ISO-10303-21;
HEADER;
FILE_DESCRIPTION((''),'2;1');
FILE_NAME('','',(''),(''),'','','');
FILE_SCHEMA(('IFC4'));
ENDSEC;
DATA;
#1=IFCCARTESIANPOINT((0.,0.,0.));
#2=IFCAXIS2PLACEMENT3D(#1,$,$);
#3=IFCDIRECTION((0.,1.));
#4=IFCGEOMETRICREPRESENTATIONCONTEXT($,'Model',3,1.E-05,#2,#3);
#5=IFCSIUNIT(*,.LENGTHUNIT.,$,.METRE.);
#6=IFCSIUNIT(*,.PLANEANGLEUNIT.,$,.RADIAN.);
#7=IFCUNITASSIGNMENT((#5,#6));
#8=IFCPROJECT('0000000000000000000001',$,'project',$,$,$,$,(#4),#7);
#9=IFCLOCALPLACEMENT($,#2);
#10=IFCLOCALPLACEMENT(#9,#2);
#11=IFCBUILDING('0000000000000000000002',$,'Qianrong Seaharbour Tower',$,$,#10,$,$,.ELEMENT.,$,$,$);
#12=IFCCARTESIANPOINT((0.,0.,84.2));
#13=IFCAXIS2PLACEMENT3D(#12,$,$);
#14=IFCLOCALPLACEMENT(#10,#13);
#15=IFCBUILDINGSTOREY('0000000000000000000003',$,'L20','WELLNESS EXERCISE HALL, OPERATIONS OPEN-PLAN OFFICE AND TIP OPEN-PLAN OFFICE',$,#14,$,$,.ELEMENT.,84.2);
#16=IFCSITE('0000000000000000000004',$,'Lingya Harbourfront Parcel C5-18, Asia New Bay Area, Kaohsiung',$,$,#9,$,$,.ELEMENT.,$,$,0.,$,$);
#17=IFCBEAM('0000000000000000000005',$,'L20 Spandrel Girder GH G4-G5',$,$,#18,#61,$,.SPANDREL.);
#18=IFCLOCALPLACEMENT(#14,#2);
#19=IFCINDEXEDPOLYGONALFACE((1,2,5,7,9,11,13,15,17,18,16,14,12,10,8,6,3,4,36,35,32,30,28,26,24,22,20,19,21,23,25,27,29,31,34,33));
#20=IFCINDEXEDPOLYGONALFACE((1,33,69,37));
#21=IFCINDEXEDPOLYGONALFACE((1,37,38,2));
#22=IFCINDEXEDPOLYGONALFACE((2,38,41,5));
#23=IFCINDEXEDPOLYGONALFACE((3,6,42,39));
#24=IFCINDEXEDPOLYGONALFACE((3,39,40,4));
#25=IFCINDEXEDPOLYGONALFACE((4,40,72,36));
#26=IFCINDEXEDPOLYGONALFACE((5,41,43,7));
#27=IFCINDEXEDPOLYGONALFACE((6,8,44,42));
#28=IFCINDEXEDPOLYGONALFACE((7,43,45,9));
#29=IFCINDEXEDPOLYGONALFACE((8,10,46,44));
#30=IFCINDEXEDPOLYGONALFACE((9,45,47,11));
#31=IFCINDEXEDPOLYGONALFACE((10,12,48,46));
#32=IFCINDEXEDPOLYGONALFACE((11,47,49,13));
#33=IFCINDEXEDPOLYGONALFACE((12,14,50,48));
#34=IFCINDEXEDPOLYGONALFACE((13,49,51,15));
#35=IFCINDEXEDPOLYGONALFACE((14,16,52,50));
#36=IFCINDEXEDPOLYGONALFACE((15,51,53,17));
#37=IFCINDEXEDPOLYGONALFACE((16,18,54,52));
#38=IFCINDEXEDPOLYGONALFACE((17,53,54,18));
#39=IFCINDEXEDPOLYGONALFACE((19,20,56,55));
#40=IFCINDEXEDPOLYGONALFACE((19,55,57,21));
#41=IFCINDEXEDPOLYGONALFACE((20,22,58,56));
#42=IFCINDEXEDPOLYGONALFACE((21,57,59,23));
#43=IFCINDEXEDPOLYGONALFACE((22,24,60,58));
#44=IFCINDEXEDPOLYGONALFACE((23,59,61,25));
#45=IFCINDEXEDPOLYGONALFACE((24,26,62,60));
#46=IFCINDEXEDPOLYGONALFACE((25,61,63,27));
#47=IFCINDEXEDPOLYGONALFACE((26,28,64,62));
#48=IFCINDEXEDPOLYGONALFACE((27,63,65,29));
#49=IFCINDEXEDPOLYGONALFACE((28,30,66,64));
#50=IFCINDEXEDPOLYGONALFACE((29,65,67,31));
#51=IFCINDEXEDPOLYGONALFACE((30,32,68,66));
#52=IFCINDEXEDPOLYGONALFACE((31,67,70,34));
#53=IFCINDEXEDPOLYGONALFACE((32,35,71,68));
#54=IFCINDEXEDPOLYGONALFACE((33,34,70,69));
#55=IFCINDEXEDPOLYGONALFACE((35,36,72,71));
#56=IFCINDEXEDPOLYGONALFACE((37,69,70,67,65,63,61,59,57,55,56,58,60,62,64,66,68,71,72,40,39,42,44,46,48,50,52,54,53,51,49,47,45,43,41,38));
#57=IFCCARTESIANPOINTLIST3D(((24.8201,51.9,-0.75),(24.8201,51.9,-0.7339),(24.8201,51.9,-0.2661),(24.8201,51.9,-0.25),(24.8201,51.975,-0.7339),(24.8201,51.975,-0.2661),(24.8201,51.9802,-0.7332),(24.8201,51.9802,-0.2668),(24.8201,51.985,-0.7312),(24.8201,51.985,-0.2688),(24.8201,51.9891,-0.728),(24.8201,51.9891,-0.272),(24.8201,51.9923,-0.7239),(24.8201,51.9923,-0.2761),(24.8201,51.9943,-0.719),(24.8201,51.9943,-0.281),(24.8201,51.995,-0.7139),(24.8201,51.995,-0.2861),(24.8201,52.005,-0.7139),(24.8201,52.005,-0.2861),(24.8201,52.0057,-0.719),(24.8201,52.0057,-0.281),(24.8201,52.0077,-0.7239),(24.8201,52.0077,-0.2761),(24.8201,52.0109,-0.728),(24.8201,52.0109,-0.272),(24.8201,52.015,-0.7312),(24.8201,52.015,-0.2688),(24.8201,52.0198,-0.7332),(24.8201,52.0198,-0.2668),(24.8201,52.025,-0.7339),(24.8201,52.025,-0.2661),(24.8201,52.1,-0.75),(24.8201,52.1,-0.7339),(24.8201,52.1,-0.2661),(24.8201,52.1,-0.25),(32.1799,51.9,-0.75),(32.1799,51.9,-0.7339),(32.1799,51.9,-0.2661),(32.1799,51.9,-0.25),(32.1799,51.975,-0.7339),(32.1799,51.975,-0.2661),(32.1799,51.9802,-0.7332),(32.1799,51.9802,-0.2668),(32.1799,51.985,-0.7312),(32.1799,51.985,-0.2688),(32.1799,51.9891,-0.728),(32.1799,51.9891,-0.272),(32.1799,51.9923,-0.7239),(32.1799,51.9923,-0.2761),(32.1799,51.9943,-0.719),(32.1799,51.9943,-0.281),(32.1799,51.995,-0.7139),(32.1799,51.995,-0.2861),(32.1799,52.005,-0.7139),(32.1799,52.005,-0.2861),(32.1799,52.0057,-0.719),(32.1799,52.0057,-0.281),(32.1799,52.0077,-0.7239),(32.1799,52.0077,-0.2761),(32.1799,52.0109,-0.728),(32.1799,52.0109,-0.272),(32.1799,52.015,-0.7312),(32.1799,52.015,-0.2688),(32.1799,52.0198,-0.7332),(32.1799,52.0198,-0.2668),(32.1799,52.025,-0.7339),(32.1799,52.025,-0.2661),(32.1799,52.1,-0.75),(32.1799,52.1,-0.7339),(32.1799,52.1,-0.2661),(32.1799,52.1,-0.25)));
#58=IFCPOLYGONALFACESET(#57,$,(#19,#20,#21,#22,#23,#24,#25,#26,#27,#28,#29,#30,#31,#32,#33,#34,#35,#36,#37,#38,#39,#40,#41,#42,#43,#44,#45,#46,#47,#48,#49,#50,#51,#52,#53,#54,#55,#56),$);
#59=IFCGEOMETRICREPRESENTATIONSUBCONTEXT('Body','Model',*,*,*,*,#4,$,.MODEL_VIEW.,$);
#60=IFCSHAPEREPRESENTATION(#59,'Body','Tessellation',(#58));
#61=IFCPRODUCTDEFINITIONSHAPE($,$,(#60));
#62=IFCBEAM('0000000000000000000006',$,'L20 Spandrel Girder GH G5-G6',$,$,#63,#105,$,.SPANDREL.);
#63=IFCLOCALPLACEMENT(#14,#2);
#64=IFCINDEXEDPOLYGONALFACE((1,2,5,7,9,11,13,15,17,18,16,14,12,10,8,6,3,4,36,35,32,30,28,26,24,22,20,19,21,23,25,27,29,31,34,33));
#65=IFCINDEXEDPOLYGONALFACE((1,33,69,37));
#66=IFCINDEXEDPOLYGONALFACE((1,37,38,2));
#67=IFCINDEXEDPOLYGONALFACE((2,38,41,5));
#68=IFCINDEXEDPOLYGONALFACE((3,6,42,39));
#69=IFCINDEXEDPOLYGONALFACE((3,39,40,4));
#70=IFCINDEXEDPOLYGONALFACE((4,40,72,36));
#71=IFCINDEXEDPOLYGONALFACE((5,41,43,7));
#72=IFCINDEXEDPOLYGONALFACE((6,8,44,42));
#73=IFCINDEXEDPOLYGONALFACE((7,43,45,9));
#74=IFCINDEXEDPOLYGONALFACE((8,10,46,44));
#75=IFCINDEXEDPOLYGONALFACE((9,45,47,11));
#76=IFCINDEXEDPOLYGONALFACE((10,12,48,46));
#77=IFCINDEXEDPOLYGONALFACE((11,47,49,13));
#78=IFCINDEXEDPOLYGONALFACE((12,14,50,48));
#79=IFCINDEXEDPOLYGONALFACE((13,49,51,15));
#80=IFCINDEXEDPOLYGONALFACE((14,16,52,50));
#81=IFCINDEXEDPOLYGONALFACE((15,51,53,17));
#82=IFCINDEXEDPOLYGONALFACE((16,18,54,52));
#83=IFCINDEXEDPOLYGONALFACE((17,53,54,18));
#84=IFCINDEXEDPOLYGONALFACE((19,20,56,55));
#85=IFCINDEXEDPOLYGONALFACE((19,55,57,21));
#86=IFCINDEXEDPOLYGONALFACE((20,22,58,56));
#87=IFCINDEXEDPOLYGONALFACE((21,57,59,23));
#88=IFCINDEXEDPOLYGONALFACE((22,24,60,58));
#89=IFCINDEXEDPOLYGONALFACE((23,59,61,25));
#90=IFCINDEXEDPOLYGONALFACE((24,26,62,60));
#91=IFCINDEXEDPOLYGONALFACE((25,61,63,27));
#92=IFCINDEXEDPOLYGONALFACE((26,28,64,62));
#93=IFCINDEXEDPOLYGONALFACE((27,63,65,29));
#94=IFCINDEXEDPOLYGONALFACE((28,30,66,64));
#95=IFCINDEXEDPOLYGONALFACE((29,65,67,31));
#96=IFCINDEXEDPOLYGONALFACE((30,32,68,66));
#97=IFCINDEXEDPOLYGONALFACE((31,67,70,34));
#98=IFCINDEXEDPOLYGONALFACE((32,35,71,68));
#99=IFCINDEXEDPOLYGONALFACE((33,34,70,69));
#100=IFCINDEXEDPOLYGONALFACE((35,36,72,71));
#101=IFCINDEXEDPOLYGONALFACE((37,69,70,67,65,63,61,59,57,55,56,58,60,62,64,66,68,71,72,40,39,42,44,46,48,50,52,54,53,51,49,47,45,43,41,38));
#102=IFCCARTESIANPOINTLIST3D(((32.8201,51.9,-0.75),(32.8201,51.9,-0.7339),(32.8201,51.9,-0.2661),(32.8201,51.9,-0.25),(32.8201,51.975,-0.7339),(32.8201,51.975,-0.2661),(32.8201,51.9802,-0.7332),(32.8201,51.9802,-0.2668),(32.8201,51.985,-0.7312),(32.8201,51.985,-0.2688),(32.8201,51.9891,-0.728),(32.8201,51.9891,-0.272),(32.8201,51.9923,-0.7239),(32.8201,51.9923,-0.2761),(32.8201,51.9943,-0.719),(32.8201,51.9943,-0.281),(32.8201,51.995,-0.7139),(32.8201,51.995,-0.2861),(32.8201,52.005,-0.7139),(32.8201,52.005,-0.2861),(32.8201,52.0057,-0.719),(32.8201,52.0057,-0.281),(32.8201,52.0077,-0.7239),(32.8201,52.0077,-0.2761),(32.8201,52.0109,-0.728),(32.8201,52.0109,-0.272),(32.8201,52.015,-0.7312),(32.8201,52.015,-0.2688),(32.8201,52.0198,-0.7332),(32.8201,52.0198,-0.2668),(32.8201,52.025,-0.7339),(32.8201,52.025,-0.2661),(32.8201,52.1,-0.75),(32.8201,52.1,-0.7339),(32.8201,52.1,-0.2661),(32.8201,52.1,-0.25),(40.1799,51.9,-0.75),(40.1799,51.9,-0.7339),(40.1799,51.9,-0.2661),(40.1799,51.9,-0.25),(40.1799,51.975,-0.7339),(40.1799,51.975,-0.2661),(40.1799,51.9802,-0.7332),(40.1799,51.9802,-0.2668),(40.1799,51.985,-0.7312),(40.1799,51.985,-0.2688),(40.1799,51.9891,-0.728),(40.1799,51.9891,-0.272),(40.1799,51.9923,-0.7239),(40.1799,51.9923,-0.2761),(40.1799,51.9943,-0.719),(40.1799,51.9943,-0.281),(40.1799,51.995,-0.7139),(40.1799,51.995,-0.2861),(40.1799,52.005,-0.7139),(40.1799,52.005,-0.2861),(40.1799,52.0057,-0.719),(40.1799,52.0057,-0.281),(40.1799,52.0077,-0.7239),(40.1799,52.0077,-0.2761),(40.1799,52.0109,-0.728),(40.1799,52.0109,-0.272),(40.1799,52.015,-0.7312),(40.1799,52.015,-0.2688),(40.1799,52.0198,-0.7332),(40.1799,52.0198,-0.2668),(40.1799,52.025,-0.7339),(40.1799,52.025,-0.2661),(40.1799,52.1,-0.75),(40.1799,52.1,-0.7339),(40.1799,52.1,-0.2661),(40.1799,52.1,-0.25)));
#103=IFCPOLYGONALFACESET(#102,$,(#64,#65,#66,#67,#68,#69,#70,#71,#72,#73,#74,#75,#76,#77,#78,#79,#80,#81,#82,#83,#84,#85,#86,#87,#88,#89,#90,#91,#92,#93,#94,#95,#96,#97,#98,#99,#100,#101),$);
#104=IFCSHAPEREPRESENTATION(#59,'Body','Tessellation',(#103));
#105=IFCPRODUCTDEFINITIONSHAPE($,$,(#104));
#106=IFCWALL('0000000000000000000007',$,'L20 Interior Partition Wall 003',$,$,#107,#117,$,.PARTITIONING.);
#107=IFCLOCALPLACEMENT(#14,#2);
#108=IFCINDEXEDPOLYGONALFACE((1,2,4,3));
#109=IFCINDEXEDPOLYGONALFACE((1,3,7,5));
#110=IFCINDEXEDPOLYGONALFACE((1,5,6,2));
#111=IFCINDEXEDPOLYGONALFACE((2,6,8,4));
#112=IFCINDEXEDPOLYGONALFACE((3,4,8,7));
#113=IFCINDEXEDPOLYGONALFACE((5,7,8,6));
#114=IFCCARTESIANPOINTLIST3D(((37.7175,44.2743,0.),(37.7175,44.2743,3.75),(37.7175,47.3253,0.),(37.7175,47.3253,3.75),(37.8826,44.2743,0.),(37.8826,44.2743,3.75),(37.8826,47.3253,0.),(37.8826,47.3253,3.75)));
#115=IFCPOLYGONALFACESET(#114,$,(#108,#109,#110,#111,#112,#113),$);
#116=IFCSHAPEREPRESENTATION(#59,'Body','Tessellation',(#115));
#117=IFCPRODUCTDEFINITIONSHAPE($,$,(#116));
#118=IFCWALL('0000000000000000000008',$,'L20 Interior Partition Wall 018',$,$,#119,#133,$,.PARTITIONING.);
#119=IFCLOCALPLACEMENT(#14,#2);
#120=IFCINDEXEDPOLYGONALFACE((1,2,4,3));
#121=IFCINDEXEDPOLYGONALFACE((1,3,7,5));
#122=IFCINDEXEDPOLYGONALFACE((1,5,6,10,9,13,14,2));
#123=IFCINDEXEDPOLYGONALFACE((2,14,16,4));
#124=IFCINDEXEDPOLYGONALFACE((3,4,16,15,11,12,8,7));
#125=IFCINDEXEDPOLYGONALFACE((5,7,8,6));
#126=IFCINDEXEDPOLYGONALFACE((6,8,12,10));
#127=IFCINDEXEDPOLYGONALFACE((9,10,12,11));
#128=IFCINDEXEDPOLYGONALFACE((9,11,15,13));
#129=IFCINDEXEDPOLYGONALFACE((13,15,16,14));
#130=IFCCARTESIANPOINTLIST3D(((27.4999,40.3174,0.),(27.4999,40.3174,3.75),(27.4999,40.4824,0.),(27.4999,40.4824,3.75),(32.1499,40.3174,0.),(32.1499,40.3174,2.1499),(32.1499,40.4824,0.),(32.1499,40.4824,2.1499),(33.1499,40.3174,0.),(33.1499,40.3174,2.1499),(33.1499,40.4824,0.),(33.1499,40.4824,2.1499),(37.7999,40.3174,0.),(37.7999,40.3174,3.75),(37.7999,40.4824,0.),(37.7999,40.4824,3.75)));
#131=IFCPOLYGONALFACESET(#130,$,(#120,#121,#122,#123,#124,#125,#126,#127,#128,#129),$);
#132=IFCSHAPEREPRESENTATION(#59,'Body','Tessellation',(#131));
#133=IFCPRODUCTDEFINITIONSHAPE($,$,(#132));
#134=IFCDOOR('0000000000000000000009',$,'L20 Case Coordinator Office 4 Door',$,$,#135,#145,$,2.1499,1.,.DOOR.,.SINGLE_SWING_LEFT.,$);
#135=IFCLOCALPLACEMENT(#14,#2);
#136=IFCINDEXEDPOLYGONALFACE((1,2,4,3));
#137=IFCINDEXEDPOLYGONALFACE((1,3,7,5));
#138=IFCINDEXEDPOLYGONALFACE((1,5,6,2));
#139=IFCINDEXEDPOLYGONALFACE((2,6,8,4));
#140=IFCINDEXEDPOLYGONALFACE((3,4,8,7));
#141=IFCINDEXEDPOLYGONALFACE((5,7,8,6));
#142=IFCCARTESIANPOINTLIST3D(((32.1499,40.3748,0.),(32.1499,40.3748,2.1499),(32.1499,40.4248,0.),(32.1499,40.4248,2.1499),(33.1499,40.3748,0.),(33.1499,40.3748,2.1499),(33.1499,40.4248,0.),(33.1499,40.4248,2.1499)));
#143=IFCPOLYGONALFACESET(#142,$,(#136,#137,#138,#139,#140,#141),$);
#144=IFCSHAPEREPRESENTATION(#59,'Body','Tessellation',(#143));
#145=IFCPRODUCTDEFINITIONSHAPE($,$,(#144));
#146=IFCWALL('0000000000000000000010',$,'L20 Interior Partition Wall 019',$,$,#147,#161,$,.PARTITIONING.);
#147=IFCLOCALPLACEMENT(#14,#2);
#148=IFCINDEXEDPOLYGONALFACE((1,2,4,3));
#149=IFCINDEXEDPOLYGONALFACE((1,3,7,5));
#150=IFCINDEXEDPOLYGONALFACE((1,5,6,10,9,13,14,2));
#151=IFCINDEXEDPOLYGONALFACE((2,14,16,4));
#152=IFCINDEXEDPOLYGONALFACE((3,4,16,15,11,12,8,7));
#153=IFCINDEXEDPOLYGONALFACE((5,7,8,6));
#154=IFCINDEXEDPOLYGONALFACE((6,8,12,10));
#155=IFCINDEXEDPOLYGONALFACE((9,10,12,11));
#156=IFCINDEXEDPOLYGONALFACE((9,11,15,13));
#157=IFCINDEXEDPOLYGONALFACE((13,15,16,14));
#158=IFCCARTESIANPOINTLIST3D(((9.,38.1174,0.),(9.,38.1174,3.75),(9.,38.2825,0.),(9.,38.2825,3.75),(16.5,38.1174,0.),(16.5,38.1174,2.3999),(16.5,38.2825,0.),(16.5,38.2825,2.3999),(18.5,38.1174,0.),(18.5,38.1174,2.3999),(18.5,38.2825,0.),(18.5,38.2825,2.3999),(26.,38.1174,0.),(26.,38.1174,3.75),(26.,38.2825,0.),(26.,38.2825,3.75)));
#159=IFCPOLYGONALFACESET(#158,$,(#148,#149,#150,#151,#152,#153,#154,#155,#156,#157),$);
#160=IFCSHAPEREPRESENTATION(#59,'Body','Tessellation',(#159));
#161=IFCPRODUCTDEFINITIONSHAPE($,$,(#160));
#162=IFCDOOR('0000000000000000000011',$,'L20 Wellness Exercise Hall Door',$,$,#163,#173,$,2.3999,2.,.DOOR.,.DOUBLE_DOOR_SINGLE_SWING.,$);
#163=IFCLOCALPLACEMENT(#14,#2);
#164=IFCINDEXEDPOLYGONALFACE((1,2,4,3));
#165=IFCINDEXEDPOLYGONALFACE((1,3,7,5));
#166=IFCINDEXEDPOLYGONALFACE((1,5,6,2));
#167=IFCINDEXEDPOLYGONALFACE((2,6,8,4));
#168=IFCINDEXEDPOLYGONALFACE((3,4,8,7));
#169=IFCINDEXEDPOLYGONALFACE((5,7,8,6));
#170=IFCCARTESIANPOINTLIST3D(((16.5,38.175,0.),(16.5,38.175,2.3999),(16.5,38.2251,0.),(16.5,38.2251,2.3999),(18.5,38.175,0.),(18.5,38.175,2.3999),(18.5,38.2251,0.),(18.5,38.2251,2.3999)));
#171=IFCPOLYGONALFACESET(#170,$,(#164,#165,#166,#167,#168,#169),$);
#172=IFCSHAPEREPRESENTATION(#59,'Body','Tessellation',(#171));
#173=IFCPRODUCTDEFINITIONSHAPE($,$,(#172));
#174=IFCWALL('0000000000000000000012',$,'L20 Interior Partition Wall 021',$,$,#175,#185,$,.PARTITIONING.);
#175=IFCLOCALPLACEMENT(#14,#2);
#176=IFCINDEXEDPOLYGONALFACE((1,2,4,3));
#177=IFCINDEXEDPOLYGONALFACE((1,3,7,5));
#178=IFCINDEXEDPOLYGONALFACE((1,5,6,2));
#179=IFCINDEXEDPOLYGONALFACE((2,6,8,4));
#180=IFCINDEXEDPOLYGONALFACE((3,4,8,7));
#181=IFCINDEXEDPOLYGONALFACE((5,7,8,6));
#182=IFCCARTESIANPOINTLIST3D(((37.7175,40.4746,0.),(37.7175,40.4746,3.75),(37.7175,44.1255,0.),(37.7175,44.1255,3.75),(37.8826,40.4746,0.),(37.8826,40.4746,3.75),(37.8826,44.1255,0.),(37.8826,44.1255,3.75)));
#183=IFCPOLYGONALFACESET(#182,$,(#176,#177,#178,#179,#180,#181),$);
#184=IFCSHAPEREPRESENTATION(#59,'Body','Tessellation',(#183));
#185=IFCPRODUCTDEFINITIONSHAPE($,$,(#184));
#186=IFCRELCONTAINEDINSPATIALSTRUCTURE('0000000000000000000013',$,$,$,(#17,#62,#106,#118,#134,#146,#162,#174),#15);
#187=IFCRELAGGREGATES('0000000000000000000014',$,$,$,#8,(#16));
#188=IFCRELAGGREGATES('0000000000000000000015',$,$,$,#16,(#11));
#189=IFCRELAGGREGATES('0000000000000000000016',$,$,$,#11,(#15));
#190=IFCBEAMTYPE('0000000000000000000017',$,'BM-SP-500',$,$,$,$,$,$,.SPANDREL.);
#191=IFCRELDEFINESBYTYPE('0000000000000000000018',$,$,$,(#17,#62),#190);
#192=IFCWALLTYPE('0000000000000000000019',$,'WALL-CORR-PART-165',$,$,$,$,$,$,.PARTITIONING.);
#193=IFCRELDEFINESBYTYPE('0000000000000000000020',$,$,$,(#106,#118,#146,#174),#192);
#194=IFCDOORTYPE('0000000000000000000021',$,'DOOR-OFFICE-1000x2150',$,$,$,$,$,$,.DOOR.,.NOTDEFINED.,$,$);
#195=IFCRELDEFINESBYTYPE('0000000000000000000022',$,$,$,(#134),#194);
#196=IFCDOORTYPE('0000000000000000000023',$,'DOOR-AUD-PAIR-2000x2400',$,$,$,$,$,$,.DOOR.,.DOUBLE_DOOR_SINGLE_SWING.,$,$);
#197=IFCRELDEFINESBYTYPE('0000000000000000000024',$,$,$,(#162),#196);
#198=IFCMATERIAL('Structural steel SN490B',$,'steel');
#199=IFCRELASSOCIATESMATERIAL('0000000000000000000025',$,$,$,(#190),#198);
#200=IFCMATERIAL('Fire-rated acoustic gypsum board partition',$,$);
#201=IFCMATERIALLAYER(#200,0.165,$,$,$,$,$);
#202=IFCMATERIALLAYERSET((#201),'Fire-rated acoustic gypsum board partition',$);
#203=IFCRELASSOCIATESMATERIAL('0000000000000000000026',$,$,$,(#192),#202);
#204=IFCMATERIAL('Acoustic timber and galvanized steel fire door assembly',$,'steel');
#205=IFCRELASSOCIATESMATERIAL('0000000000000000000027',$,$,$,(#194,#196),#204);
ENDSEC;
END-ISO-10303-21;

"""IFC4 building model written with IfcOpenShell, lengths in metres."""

from ifc_helpers import new_model, si_unit, direction, frame, frame_2d, origin, origin_2d, place, context, subcontext, project, spatial, rectangle, i_section, extrude, material, layer, layer_set, material_profile, profile_set, type_object, element, fill, save


model = new_model("IFC4")

# Units and contexts
model_context = context("Model", 3, precision=1e-05, world=origin(), true_north=direction((0.0, 1.0)))
body_context = subcontext(model_context, "Body", "Model", "MODEL_VIEW")
ifc_project = project(units=[si_unit("LENGTHUNIT", "METRE"), si_unit("PLANEANGLEUNIT", "RADIAN")], contexts=[model_context])

# Site, building, storey
site_placement = place(None, origin())
site = spatial("IfcSite", under=ifc_project, at=site_placement, Name="Lingya Harbourfront Parcel C5-18, Asia New Bay Area, Kaohsiung", CompositionType="ELEMENT", RefElevation=0.0)
building_placement = place(site_placement, origin())
building = spatial("IfcBuilding", under=site, at=building_placement, Name="Qianrong Seaharbour Tower", CompositionType="ELEMENT")
storey_placement = place(building_placement, frame((0.0, 0.0, 84.2)))
storey = spatial("IfcBuildingStorey", under=building, at=storey_placement, Name="L20", Description="WELLNESS EXERCISE HALL, OPERATIONS OPEN-PLAN OFFICE AND TIP OPEN-PLAN OFFICE", CompositionType="ELEMENT", Elevation=84.2)

# Shared definitions
ifc_material_1 = material(Name="Structural steel SN490B", Category="steel")

# Beams
ifc_material_profile_1 = material_profile(ifc_material_1, i_section(OverallWidth=0.2, OverallDepth=0.5, WebThickness=0.01, FlangeThickness=0.0161, FilletRadius=0.02, at=origin_2d()), Name="H500x200x10x16")
ifc_profile_set_1 = profile_set([ifc_material_profile_1], Name="Structural steel SN490B")
beam_type_1 = type_object("IfcBeamType", Name="BM-SP-500", PredefinedType="SPANDREL", material=ifc_profile_set_1)
for number, where, z_axis, x_axis, name in (
    (1, (24.8201, 52.0, -0.5), (1.0, 0.0, 0.0), (0.0, 1.0, 0.0), "L20 Spandrel Girder GH G4-G5"),
    (2, (32.8201, 52.0, -0.5), (1.0, 0.0, 0.0), (0.0, 1.0, 0.0), "L20 Spandrel Girder GH G5-G6"),
):
    element("IfcBeam", number, at=place(storey_placement, frame(where, z_axis=z_axis, x_axis=x_axis)), inside=storey, type_object=beam_type_1, Name=name, PredefinedType="SPANDREL", context=body_context, shape_type="SweptSolid", body=[
        extrude(i_section(OverallWidth=0.2, OverallDepth=0.5, WebThickness=0.01, FlangeThickness=0.0161, FilletRadius=0.02, at=origin_2d()), origin(), (0.0, 0.0, 1.0), 7.3599),
    ])

# Wall
ifc_material_2 = material(Name="Fire-rated acoustic gypsum board partition")
ifc_layer_1 = layer(ifc_material_2, 0.165)
ifc_layer_set_1 = layer_set([ifc_layer_1], Name="Fire-rated acoustic gypsum board partition")
wall_type_1 = type_object("IfcWallType", Name="WALL-CORR-PART-165", PredefinedType="PARTITIONING", material=ifc_layer_set_1)
wall_1_placement = place(storey_placement, frame((37.8, 44.2744, 0.0), z_axis=(0.0, 0.0, 1.0), x_axis=(0.0, 1.0, 0.0)))
element("IfcWall", 3, at=wall_1_placement, inside=storey, type_object=wall_type_1, Name="L20 Interior Partition Wall 003", PredefinedType="PARTITIONING", context=body_context, shape_type="SweptSolid", body=[
    extrude(rectangle(XDim=3.051, YDim=0.165, at=frame_2d((1.5254, 0.0))), origin(), (0.0, 0.0, 1.0), 3.75),
])

# Walls, openings, doors
wall_2_placement = place(storey_placement, frame((27.5, 40.3999, 0.0), z_axis=(0.0, 0.0, 1.0), x_axis=(1.0, 0.0, 0.0)))
wall_2 = element("IfcWall", 4, at=wall_2_placement, inside=storey, type_object=wall_type_1, Name="L20 Interior Partition Wall 018", PredefinedType="PARTITIONING", context=body_context, shape_type="SweptSolid", body=[
    extrude(rectangle(XDim=10.3, YDim=0.165, at=frame_2d((5.1499, 0.0))), origin(), (0.0, 0.0, 1.0), 3.75),
])
opening_1_placement = place(wall_2_placement, frame((4.6499, 0.0, 0.0)))
opening_1 = element("IfcOpeningElement", 5, at=opening_1_placement, cuts=wall_2, PredefinedType="OPENING", context=body_context, shape_type="SweptSolid", body=[
    extrude(rectangle(XDim=1.0, YDim=2.1499, at=frame_2d((0.5, 1.075))), frame((0.0, 0.0925, 0.0), z_axis=(0.0, -1.0, 0.0), x_axis=(1.0, 0.0, 0.0)), (0.0, 0.0, 1.0), 0.1851),
])
ifc_material_3 = material(Name="Acoustic timber and galvanized steel fire door assembly", Category="steel")
door_type_1 = type_object("IfcDoorType", Name="DOOR-OFFICE-1000x2150", OperationType="NOTDEFINED", PredefinedType="DOOR", material=ifc_material_3)
door_1_placement = place(opening_1_placement, origin())
door_1 = element("IfcDoor", 6, at=door_1_placement, inside=storey, type_object=door_type_1, Name="L20 Case Coordinator Office 4 Door", OperationType="SINGLE_SWING_LEFT", OverallHeight=2.1499, OverallWidth=1.0, PredefinedType="DOOR", context=body_context, shape_type="SweptSolid", body=[
    extrude(rectangle(XDim=1.0, YDim=2.1499, at=frame_2d((0.5, 1.075))), frame((0.0, 0.0249, 0.0), z_axis=(0.0, -1.0, 0.0), x_axis=(1.0, 0.0, 0.0)), (0.0, 0.0, 1.0), 0.05),
])
fill(opening_1, door_1)
wall_3_placement = place(storey_placement, frame((26.0, 38.2, 0.0), z_axis=(0.0, 0.0, 1.0), x_axis=(-1.0, 0.0, 0.0)))
wall_3 = element("IfcWall", 7, at=wall_3_placement, inside=storey, type_object=wall_type_1, Name="L20 Interior Partition Wall 019", PredefinedType="PARTITIONING", context=body_context, shape_type="SweptSolid", body=[
    extrude(rectangle(XDim=17.0, YDim=0.165, at=frame_2d((8.5, 0.0))), origin(), (0.0, 0.0, 1.0), 3.75),
])
opening_2_placement = place(wall_3_placement, frame((7.5, 0.0, 0.0)))
opening_2 = element("IfcOpeningElement", 8, at=opening_2_placement, cuts=wall_3, PredefinedType="OPENING", context=body_context, shape_type="SweptSolid", body=[
    extrude(rectangle(XDim=2.0, YDim=2.3999, at=frame_2d((1.0, 1.2))), frame((0.0, 0.0925, 0.0), z_axis=(0.0, -1.0, 0.0), x_axis=(1.0, 0.0, 0.0)), (0.0, 0.0, 1.0), 0.1851),
])
door_type_2 = type_object("IfcDoorType", Name="DOOR-AUD-PAIR-2000x2400", OperationType="DOUBLE_DOOR_SINGLE_SWING", PredefinedType="DOOR", material=ifc_material_3)
door_2_placement = place(opening_2_placement, origin())
door_2 = element("IfcDoor", 9, at=door_2_placement, inside=storey, type_object=door_type_2, Name="L20 Wellness Exercise Hall Door", OperationType="DOUBLE_DOOR_SINGLE_SWING", OverallHeight=2.3999, OverallWidth=2.0, PredefinedType="DOOR", context=body_context, shape_type="SweptSolid", body=[
    extrude(rectangle(XDim=2.0, YDim=2.3999, at=frame_2d((1.0, 1.2))), frame((0.0, 0.0249, 0.0), z_axis=(0.0, -1.0, 0.0), x_axis=(1.0, 0.0, 0.0)), (0.0, 0.0, 1.0), 0.05),
])
fill(opening_2, door_2)

# Wall
wall_4_placement = place(storey_placement, frame((37.8, 40.4746, 0.0), z_axis=(0.0, 0.0, 1.0), x_axis=(0.0, 1.0, 0.0)))
element("IfcWall", 10, at=wall_4_placement, inside=storey, type_object=wall_type_1, Name="L20 Interior Partition Wall 021", PredefinedType="PARTITIONING", context=body_context, shape_type="SweptSolid", body=[
    extrude(rectangle(XDim=3.6509, YDim=0.165, at=frame_2d((1.8254, 0.0))), origin(), (0.0, 0.0, 1.0), 3.75),
])

save(model, "model.ifc")
